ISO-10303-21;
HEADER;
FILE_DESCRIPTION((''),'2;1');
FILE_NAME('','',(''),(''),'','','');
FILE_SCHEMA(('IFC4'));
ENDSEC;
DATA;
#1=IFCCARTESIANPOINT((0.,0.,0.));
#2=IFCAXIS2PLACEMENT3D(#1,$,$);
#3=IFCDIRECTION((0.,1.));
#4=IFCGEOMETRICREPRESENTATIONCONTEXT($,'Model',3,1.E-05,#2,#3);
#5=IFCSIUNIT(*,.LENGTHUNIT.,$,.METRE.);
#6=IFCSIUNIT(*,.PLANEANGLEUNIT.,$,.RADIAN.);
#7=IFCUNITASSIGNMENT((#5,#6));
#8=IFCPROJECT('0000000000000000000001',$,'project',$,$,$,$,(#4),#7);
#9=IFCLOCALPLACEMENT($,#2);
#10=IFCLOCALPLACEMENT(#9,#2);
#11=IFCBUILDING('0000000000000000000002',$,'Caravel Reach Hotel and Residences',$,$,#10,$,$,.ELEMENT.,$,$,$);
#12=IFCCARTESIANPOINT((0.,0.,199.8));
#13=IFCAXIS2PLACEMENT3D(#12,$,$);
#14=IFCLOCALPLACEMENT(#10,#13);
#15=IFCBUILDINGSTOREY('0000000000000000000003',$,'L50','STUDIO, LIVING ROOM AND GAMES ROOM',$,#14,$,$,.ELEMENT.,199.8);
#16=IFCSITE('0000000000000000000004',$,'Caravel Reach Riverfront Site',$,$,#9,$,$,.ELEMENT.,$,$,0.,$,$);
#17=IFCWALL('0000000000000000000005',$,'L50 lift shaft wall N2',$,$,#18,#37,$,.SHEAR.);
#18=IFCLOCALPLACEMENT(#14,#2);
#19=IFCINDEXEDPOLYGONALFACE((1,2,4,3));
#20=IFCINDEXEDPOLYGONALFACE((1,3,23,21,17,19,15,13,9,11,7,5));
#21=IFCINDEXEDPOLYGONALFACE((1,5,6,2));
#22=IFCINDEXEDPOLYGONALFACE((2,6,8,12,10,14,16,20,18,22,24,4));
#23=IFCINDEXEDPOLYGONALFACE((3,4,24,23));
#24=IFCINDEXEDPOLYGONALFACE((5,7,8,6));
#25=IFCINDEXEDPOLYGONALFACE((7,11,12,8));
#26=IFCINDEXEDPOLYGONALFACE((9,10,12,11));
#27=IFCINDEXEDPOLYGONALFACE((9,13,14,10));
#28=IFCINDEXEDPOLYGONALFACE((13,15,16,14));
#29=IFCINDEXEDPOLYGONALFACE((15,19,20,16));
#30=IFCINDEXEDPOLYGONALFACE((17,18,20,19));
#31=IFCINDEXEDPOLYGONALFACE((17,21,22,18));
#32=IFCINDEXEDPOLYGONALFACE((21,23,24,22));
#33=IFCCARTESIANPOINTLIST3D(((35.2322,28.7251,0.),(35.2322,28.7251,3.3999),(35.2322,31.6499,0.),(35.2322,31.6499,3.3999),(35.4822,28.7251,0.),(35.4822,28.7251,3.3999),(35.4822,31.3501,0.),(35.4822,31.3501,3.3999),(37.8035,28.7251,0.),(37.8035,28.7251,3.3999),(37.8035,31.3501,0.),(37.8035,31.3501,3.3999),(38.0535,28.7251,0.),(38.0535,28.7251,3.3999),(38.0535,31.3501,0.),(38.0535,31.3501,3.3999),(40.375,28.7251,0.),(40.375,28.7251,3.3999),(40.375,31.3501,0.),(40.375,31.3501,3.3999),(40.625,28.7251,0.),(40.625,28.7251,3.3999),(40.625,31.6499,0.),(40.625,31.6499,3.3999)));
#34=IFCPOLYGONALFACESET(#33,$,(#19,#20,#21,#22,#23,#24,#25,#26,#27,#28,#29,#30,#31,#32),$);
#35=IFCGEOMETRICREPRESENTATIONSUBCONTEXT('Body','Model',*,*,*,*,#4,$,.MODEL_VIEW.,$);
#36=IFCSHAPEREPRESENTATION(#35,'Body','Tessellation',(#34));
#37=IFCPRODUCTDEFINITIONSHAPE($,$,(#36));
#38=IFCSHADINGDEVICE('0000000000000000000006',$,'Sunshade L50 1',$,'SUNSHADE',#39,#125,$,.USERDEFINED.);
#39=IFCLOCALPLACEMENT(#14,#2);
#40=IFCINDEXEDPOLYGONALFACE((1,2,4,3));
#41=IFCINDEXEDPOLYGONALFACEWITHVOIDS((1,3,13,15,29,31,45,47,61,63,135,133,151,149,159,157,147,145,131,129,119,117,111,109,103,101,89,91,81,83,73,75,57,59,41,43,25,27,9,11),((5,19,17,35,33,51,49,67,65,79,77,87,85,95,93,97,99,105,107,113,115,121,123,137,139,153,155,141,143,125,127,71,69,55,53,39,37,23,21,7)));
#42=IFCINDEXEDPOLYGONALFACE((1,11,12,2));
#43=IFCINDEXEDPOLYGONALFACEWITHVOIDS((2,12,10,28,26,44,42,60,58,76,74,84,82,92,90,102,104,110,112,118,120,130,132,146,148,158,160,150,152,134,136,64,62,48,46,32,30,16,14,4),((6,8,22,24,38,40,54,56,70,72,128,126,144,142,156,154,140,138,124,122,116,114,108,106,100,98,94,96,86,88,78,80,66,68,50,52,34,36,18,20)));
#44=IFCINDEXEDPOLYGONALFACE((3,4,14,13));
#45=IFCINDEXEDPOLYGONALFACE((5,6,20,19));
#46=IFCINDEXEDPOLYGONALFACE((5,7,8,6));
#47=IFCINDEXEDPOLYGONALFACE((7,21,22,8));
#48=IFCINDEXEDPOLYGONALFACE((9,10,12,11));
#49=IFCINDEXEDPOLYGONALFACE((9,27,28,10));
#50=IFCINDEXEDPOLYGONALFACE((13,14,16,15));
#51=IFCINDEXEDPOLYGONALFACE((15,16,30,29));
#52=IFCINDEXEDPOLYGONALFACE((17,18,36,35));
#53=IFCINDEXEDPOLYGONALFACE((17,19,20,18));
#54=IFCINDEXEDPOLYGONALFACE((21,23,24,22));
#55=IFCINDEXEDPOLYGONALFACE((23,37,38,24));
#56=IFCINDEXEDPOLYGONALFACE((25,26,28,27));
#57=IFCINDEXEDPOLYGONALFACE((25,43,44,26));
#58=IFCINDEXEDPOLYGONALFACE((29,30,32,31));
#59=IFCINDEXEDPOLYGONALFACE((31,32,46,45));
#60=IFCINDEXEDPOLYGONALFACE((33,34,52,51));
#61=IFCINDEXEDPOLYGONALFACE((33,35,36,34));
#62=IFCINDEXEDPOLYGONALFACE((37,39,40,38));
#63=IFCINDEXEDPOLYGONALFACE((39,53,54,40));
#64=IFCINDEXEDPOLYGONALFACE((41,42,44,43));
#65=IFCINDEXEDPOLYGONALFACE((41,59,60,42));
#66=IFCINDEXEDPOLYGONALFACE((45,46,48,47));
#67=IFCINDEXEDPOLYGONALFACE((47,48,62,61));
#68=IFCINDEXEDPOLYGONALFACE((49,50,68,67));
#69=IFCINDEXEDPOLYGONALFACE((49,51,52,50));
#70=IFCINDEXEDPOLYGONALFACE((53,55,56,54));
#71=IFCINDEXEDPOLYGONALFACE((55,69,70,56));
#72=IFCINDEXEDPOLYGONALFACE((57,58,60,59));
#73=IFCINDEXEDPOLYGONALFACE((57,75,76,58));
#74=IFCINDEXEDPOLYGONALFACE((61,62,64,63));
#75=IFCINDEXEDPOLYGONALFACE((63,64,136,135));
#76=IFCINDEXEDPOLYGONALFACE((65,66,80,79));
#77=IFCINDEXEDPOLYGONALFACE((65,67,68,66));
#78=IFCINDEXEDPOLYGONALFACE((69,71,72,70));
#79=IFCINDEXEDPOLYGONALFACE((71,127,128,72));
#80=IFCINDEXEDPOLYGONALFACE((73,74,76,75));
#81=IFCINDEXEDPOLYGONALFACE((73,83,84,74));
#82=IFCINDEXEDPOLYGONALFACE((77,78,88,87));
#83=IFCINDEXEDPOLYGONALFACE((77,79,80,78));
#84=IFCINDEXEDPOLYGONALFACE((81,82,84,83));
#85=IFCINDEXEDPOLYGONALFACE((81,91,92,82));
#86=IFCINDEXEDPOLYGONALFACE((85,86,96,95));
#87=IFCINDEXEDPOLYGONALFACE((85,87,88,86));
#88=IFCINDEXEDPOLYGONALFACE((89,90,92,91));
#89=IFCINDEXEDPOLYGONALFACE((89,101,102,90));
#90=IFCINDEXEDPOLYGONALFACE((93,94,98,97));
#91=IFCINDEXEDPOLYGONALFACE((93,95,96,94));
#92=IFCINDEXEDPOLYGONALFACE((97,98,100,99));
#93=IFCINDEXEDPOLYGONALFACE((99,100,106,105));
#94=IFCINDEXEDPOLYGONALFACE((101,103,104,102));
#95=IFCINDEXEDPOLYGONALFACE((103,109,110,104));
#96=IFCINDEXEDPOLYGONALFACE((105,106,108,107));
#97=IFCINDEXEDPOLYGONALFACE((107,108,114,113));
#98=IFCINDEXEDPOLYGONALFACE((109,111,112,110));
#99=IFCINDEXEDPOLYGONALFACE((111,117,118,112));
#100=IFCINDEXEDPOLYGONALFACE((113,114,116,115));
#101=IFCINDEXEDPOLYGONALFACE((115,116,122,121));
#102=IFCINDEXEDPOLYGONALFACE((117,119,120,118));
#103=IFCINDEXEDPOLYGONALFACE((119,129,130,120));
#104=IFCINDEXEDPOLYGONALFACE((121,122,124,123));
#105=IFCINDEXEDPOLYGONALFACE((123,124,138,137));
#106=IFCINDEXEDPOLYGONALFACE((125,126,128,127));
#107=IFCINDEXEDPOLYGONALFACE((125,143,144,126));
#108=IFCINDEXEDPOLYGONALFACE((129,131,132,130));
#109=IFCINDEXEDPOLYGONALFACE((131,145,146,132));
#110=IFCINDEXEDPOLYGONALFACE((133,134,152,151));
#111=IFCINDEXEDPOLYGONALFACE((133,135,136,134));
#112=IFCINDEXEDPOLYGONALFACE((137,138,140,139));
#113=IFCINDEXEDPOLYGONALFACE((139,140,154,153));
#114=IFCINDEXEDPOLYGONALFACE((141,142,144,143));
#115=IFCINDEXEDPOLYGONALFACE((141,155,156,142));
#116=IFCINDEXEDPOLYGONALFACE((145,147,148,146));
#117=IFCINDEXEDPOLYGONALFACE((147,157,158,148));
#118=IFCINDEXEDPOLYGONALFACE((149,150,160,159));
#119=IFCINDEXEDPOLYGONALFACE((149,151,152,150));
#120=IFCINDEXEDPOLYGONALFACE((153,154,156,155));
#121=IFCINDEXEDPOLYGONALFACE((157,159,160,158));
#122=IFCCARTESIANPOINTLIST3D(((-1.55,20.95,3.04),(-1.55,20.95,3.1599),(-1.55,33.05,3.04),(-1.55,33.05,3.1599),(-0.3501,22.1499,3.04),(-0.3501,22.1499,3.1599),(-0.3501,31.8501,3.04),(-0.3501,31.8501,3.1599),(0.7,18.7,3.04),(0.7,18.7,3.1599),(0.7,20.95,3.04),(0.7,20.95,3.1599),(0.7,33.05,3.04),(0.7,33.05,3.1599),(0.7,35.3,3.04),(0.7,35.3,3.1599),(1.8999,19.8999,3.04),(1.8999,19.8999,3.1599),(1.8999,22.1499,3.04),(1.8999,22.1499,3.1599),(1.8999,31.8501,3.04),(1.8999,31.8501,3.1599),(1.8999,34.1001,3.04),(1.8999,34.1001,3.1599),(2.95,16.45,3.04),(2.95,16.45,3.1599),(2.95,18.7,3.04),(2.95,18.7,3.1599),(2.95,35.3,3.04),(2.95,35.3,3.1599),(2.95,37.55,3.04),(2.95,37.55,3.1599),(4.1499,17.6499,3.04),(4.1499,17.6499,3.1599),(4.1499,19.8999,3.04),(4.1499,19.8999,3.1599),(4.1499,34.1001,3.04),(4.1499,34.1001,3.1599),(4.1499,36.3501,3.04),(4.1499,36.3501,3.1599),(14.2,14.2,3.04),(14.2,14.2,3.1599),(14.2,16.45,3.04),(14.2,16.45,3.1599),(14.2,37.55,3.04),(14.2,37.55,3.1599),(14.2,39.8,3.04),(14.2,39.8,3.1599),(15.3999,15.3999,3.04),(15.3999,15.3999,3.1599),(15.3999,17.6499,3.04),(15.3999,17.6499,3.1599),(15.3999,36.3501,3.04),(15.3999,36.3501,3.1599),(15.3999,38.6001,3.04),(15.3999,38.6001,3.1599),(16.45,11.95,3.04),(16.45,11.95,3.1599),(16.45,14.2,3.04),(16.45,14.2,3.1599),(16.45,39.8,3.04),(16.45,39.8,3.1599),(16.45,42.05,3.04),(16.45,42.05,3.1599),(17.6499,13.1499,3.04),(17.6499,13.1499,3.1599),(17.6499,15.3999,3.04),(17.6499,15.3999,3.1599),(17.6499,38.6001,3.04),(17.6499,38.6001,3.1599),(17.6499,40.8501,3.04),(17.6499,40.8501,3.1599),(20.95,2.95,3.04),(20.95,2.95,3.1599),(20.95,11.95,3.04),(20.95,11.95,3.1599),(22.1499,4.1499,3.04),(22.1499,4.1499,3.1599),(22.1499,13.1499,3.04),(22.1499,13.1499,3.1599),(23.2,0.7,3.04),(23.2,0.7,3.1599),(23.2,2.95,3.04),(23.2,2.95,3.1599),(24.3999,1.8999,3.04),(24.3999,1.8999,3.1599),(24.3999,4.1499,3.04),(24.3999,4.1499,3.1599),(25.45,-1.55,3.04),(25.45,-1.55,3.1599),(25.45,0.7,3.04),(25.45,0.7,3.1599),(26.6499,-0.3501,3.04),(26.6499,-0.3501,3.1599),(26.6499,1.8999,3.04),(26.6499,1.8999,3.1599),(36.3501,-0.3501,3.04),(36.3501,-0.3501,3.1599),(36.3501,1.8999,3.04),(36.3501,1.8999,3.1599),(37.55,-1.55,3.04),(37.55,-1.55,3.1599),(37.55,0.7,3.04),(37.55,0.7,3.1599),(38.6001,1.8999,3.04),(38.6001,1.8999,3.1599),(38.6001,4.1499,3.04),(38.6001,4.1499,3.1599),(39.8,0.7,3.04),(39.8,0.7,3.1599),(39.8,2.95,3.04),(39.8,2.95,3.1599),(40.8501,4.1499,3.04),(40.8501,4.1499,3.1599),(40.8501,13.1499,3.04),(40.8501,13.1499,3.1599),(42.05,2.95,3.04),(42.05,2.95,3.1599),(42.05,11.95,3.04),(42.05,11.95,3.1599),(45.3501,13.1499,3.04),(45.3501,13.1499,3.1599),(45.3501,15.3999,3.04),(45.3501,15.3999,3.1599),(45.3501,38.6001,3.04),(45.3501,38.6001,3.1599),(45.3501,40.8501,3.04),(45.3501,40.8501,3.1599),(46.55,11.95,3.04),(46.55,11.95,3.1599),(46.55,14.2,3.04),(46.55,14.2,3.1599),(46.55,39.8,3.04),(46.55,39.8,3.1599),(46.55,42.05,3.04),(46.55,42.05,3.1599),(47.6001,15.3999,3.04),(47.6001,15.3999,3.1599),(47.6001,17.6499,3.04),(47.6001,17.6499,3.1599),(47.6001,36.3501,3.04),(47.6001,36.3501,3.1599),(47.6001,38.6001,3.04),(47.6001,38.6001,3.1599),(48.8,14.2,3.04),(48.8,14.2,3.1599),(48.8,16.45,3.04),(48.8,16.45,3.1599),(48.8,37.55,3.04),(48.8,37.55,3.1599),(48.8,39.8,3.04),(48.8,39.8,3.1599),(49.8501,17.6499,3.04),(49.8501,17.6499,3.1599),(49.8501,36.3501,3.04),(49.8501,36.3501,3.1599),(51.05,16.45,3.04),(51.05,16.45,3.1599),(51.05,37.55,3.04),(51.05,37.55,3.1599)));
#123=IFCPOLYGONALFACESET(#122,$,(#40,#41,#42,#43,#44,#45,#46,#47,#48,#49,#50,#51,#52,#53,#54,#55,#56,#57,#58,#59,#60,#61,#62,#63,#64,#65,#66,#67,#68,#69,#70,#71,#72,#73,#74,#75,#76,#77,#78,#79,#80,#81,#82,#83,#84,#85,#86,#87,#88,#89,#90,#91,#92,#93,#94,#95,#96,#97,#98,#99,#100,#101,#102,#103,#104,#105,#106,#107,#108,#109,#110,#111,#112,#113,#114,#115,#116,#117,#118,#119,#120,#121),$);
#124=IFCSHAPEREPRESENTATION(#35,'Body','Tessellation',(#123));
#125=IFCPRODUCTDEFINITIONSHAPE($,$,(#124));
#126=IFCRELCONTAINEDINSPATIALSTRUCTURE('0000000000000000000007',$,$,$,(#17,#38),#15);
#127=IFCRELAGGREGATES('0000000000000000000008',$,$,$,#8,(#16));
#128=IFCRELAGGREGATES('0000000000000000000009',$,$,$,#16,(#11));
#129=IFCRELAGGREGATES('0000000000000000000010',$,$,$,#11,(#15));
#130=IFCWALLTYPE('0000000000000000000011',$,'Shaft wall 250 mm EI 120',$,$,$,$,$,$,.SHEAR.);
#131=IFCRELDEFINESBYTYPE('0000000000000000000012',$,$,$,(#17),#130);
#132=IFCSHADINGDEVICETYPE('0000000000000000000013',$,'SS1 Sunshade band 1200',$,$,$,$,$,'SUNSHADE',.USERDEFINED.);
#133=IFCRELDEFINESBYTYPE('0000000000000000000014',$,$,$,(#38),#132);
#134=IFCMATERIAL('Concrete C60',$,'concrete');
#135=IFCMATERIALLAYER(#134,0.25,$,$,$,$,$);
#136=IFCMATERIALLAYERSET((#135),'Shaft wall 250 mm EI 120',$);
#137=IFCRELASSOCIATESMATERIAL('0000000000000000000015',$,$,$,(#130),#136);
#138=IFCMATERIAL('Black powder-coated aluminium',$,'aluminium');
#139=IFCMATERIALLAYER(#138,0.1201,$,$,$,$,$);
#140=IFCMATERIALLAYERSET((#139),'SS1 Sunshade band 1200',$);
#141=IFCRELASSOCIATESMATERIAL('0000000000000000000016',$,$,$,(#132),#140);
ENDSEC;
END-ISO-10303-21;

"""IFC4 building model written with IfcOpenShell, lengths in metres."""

from ifc_helpers import new_model, si_unit, direction, frame, origin, place, context, subcontext, project, spatial, polyline, outline, extrude, material, layer, layer_set, type_object, element, save


model = new_model("IFC4")

# Units and contexts
model_context = context("Model", 3, precision=1e-05, world=origin(), true_north=direction((0.0, 1.0)))
body_context = subcontext(model_context, "Body", "Model", "MODEL_VIEW")
ifc_project = project(units=[si_unit("LENGTHUNIT", "METRE"), si_unit("PLANEANGLEUNIT", "RADIAN")], contexts=[model_context])

# Site, building, storey
site_placement = place(None, origin())
site = spatial("IfcSite", under=ifc_project, at=site_placement, Name="Caravel Reach Riverfront Site", CompositionType="ELEMENT", RefElevation=0.0)
building_placement = place(site_placement, origin())
building = spatial("IfcBuilding", under=site, at=building_placement, Name="Caravel Reach Hotel and Residences", CompositionType="ELEMENT")
storey_placement = place(building_placement, frame((0.0, 0.0, 199.8)))
storey = spatial("IfcBuildingStorey", under=building, at=storey_placement, Name="L50", Description="STUDIO, LIVING ROOM AND GAMES ROOM", CompositionType="ELEMENT", Elevation=199.8)

# Wall
ifc_material_1 = material(Name="Concrete C60", Category="concrete")
ifc_layer_1 = layer(ifc_material_1, 0.25)
ifc_layer_set_1 = layer_set([ifc_layer_1], Name="Shaft wall 250 mm EI 120")
wall_type_1 = type_object("IfcWallType", Name="Shaft wall 250 mm EI 120", PredefinedType="SHEAR", material=ifc_layer_set_1)
wall_1_placement = place(storey_placement, origin())
element("IfcWall", 1, at=wall_1_placement, inside=storey, type_object=wall_type_1, Name="L50 lift shaft wall N2", PredefinedType="SHEAR", context=body_context, shape_type="SweptSolid", body=[
    extrude(outline(polyline([(35.2322, 28.7251), (35.4822, 28.7251), (35.4822, 31.3501), (37.8035, 31.3501), (37.8035, 28.7251), (38.0535, 28.7251), (38.0535, 31.3501), (40.375, 31.3501), (40.375, 28.7251), (40.625, 28.7251), (40.625, 31.6499), (35.2322, 31.6499), (35.2322, 28.7251)])), origin(), (0.0, 0.0, 1.0), 3.3999),
])

# Shading device
ifc_material_2 = material(Name="Black powder-coated aluminium", Category="aluminium")
ifc_layer_2 = layer(ifc_material_2, 0.1201)
ifc_layer_set_2 = layer_set([ifc_layer_2], Name="SS1 Sunshade band 1200")
shading_device_type = type_object("IfcShadingDeviceType", Name="SS1 Sunshade band 1200", ElementType="SUNSHADE", PredefinedType="USERDEFINED", material=ifc_layer_set_2)
shading_device_placement = place(storey_placement, frame((0.0, 0.0, 3.04)))
element("IfcShadingDevice", 2, at=shading_device_placement, inside=storey, type_object=shading_device_type, Name="Sunshade L50 1", ObjectType="SUNSHADE", PredefinedType="USERDEFINED", context=body_context, shape_type="SweptSolid", body=[
    extrude(outline(polyline([(42.05, 2.95), (42.05, 11.95), (46.55, 11.95), (46.55, 14.2), (48.8, 14.2), (48.8, 16.45), (51.05, 16.45), (51.05, 37.55), (48.8, 37.55), (48.8, 39.8), (46.55, 39.8), (46.55, 42.05), (16.45, 42.05), (16.45, 39.8), (14.2, 39.8), (14.2, 37.55), (2.95, 37.55), (2.95, 35.3), (0.7, 35.3), (0.7, 33.05), (-1.55, 33.05), (-1.55, 20.95), (0.7, 20.95), (0.7, 18.7), (2.95, 18.7), (2.95, 16.45), (14.2, 16.45), (14.2, 14.2), (16.45, 14.2), (16.45, 11.95), (20.95, 11.95), (20.95, 2.95), (23.2, 2.95), (23.2, 0.7), (25.45, 0.7), (25.45, -1.55), (37.55, -1.55), (37.55, 0.7), (39.8, 0.7), (39.8, 2.95), (42.05, 2.95)]), holes=[polyline([(45.3501, 13.1499), (40.8501, 13.1499), (40.8501, 4.1499), (38.6001, 4.1499), (38.6001, 1.8999), (36.3501, 1.8999), (36.3501, -0.3501), (26.6499, -0.3501), (26.6499, 1.8999), (24.3999, 1.8999), (24.3999, 4.1499), (22.1499, 4.1499), (22.1499, 13.1499), (17.6499, 13.1499), (17.6499, 15.3999), (15.3999, 15.3999), (15.3999, 17.6499), (4.1499, 17.6499), (4.1499, 19.8999), (1.8999, 19.8999), (1.8999, 22.1499), (-0.3501, 22.1499), (-0.3501, 31.8501), (1.8999, 31.8501), (1.8999, 34.1001), (4.1499, 34.1001), (4.1499, 36.3501), (15.3999, 36.3501), (15.3999, 38.6001), (17.6499, 38.6001), (17.6499, 40.8501), (45.3501, 40.8501), (45.3501, 38.6001), (47.6001, 38.6001), (47.6001, 36.3501), (49.8501, 36.3501), (49.8501, 17.6499), (47.6001, 17.6499), (47.6001, 15.3999), (45.3501, 15.3999), (45.3501, 13.1499)])]), origin(), (0.0, 0.0, 1.0), 0.1199),
])

save(model, "model.ifc")
